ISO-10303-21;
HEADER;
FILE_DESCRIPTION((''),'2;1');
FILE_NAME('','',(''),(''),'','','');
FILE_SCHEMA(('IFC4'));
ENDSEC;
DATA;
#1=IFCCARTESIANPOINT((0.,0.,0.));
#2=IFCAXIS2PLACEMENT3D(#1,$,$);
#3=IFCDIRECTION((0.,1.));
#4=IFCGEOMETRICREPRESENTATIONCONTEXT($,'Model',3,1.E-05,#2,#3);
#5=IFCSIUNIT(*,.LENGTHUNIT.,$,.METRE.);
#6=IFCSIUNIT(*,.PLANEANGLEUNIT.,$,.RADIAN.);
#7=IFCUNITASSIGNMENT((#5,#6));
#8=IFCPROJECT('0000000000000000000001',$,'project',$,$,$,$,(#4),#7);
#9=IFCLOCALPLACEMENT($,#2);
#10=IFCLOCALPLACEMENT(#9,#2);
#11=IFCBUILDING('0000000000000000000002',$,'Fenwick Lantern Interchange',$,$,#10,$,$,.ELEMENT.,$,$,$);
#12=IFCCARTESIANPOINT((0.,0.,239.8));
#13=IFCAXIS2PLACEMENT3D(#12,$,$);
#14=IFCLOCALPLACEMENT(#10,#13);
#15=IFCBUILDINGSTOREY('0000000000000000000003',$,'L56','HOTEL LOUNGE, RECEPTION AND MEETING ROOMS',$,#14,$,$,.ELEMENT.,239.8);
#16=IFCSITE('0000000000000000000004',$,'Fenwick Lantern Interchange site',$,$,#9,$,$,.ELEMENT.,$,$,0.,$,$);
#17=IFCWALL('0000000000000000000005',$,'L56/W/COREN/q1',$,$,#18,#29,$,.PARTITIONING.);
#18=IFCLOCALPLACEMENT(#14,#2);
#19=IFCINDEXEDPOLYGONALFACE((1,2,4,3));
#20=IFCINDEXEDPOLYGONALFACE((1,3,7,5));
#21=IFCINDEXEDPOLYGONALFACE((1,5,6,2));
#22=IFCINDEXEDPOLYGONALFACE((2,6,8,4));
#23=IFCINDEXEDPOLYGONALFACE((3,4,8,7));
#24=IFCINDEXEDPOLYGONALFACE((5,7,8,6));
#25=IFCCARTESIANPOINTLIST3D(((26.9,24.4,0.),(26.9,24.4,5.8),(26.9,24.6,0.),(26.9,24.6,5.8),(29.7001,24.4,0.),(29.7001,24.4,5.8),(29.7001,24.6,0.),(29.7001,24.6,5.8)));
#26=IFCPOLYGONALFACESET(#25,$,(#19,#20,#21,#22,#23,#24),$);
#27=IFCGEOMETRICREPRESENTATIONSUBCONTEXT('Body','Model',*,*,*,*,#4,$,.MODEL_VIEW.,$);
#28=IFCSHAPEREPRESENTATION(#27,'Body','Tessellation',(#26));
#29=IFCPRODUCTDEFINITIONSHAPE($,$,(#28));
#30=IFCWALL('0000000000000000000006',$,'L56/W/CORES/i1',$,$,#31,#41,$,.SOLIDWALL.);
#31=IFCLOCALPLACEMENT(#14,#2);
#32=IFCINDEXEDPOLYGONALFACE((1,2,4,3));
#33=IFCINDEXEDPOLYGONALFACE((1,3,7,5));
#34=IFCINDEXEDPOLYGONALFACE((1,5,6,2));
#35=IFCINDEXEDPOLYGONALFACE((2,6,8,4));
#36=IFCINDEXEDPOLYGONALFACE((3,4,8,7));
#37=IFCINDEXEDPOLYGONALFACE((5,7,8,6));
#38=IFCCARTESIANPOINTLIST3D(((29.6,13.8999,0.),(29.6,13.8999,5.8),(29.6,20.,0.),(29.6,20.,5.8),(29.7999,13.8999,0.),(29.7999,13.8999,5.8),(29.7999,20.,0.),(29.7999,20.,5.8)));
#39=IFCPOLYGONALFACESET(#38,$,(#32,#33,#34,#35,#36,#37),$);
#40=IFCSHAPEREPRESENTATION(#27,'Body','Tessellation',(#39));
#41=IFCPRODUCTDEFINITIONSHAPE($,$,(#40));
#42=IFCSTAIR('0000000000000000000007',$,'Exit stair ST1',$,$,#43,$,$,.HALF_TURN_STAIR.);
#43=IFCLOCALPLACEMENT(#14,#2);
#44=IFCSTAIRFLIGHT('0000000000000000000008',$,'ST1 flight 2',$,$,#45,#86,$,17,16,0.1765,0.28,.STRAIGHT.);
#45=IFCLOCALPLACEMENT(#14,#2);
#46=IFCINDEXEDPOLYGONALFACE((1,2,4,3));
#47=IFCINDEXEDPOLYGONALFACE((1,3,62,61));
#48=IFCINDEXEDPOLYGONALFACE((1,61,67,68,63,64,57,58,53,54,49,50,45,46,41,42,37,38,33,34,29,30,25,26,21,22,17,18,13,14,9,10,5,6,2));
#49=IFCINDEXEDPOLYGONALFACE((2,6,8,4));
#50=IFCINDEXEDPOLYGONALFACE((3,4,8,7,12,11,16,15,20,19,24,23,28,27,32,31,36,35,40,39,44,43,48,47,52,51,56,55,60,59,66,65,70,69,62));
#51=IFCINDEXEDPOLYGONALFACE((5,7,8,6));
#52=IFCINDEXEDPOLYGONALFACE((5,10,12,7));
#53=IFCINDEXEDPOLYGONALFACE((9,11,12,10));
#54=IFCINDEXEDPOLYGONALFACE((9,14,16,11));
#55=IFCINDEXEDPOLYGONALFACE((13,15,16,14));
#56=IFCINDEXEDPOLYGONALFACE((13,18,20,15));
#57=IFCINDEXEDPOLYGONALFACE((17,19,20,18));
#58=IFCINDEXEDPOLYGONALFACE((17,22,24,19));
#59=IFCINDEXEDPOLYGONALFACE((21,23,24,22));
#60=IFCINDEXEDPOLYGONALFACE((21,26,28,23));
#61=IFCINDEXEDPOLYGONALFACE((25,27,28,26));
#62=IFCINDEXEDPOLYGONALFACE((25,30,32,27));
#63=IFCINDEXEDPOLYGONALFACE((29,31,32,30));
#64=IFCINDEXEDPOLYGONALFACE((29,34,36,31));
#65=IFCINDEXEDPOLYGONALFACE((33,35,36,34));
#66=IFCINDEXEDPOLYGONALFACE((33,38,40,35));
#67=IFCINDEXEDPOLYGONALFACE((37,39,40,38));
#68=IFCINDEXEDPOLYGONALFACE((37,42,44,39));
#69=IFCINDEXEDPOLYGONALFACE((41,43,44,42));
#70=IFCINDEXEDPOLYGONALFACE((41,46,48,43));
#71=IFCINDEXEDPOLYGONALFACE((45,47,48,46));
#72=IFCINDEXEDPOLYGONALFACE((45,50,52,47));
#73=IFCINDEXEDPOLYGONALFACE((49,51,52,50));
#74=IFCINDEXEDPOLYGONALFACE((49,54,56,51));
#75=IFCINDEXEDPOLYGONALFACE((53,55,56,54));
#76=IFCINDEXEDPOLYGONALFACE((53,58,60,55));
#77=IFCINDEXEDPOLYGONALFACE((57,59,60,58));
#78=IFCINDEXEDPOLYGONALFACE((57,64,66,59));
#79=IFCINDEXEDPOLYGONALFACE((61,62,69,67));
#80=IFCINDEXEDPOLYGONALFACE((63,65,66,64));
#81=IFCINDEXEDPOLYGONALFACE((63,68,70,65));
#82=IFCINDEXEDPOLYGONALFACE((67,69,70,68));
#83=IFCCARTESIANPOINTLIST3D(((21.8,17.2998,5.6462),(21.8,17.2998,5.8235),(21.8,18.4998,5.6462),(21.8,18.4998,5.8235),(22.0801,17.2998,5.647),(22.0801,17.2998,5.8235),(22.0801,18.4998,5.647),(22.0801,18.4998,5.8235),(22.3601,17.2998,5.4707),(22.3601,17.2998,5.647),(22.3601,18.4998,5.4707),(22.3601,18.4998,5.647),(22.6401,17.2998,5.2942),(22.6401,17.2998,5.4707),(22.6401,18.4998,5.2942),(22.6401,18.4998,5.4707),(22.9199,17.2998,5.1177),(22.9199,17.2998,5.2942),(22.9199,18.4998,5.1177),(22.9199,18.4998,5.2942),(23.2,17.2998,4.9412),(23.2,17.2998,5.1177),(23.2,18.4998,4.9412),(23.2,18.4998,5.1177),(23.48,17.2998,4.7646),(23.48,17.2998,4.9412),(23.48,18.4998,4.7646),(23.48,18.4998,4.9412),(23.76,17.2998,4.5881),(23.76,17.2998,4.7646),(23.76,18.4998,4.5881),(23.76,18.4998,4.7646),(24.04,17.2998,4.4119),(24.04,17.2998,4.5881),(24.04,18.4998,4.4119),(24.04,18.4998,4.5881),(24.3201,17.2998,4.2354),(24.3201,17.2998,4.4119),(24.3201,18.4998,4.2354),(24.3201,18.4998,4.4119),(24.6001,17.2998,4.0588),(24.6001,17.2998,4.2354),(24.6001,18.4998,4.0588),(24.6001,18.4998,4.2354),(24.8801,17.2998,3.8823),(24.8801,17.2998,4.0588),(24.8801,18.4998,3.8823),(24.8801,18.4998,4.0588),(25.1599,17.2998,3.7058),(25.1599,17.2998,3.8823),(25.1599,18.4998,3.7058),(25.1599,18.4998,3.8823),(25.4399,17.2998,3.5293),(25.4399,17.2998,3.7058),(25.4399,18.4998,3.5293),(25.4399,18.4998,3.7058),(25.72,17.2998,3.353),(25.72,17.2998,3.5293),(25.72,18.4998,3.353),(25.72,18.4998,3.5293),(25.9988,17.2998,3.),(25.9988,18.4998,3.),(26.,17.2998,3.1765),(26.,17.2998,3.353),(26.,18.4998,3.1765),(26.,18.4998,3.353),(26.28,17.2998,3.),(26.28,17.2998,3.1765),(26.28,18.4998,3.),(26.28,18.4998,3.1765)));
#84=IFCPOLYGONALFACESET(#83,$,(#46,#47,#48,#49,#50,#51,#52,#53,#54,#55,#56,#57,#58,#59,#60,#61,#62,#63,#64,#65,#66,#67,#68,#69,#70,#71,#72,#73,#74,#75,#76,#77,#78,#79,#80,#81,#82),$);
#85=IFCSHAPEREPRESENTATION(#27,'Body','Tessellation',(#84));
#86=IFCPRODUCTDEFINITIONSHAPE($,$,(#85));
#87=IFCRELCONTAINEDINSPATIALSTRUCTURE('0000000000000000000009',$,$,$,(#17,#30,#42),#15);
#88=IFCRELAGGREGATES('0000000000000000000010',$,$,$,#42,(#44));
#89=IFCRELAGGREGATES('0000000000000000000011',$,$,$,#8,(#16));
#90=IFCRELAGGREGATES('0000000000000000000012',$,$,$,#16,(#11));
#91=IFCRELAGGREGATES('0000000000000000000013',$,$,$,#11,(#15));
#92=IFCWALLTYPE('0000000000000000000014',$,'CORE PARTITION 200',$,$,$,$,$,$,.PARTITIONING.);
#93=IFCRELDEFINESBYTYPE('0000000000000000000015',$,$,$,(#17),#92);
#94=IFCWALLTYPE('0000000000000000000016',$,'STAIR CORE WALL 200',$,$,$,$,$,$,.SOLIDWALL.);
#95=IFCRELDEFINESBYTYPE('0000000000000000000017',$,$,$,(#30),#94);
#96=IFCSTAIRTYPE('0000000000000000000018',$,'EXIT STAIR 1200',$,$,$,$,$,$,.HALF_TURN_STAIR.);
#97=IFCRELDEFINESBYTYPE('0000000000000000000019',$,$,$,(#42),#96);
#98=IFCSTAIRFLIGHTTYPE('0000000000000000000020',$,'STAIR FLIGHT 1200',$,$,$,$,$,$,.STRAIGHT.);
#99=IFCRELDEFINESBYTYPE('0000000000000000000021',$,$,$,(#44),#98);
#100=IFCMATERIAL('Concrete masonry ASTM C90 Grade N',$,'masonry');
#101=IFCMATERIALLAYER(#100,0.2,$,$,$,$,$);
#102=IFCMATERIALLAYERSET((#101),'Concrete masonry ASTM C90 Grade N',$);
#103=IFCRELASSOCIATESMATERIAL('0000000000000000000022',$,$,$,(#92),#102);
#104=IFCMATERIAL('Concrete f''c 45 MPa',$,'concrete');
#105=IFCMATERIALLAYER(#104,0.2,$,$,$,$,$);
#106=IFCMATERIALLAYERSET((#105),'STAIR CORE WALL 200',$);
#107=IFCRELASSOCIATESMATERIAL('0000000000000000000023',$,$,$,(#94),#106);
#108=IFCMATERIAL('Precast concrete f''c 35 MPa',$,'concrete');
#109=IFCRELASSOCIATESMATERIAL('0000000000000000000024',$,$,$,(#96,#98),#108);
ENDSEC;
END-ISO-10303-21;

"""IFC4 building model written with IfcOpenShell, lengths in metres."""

from ifc_helpers import new_model, si_unit, direction, frame, frame_2d, origin, place, context, subcontext, project, spatial, polyline, rectangle, outline, extrude, material, layer, layer_set, type_object, element, aggregate, save


model = new_model("IFC4")

# Units and contexts
model_context = context("Model", 3, precision=1e-05, world=origin(), true_north=direction((0.0, 1.0)))
body_context = subcontext(model_context, "Body", "Model", "MODEL_VIEW")
ifc_project = project(units=[si_unit("LENGTHUNIT", "METRE"), si_unit("PLANEANGLEUNIT", "RADIAN")], contexts=[model_context])

# Site, building, storey
site_placement = place(None, origin())
site = spatial("IfcSite", under=ifc_project, at=site_placement, Name="Fenwick Lantern Interchange site", CompositionType="ELEMENT", RefElevation=0.0)
building_placement = place(site_placement, origin())
building = spatial("IfcBuilding", under=site, at=building_placement, Name="Fenwick Lantern Interchange", CompositionType="ELEMENT")
storey_placement = place(building_placement, frame((0.0, 0.0, 239.8)))
storey = spatial("IfcBuildingStorey", under=building, at=storey_placement, Name="L56", Description="HOTEL LOUNGE, RECEPTION AND MEETING ROOMS", CompositionType="ELEMENT", Elevation=239.8)

# Shared definitions
ifc_material_1 = material(Name="Concrete masonry ASTM C90 Grade N", Category="masonry")
ifc_layer_1 = layer(ifc_material_1, 0.2)
ifc_layer_set_1 = layer_set([ifc_layer_1], Name="Concrete masonry ASTM C90 Grade N")
wall_type_1 = type_object("IfcWallType", Name="CORE PARTITION 200", PredefinedType="PARTITIONING", material=ifc_layer_set_1)

# Wall
for number, where, z_axis, x_axis, name in (
    (1, (29.7, 24.5, 0.0), (0.0, 0.0, 1.0), (-1.0, 0.0, 0.0), "L56/W/COREN/q1"),
):
    element("IfcWall", number, at=place(storey_placement, frame(where, z_axis=z_axis, x_axis=x_axis)), inside=storey, type_object=wall_type_1, Name=name, PredefinedType="PARTITIONING", context=body_context, shape_type="SweptSolid", body=[
        extrude(rectangle(XDim=2.8, YDim=0.2, at=frame_2d((1.3999, 0.0))), origin(), (0.0, 0.0, 1.0), 5.8),
    ])

# Wall
ifc_material_2 = material(Name="Concrete f'c 45 MPa", Category="concrete")
ifc_layer_2 = layer(ifc_material_2, 0.2)
ifc_layer_set_2 = layer_set([ifc_layer_2], Name="STAIR CORE WALL 200")
wall_type_2 = type_object("IfcWallType", Name="STAIR CORE WALL 200", PredefinedType="SOLIDWALL", material=ifc_layer_set_2)
wall_1_placement = place(storey_placement, frame((29.7, 13.8999, 0.0), z_axis=(0.0, 0.0, 1.0), x_axis=(0.0, 1.0, 0.0)))
element("IfcWall", 2, at=wall_1_placement, inside=storey, type_object=wall_type_2, Name="L56/W/CORES/i1", PredefinedType="SOLIDWALL", context=body_context, shape_type="SweptSolid", body=[
    extrude(rectangle(XDim=6.1001, YDim=0.2, at=frame_2d((3.05, 0.0))), origin(), (0.0, 0.0, 1.0), 5.8),
])

# Stair, stair flight
ifc_material_3 = material(Name="Precast concrete f'c 35 MPa", Category="concrete")
stair_type = type_object("IfcStairType", Name="EXIT STAIR 1200", PredefinedType="HALF_TURN_STAIR", material=ifc_material_3)
stair_placement = place(storey_placement, origin())
stair = element("IfcStair", 3, at=stair_placement, inside=storey, type_object=stair_type, Name="Exit stair ST1", PredefinedType="HALF_TURN_STAIR")
stair_flight_type = type_object("IfcStairFlightType", Name="STAIR FLIGHT 1200", PredefinedType="STRAIGHT", material=ifc_material_3)
stair_flight_placement = place(storey_placement, frame((26.28, 17.8999, 3.0), z_axis=(0.0, 0.0, 1.0), x_axis=(-1.0, 0.0, 0.0)))
stair_flight = element("IfcStairFlight", 4, at=stair_flight_placement, type_object=stair_flight_type, Name="ST1 flight 2", NumberOfRisers=17, NumberOfTreads=16, PredefinedType="STRAIGHT", RiserHeight=0.1765, TreadLength=0.28, context=body_context, shape_type="SweptSolid", body=[
    extrude(outline(polyline([(0.0, 0.0), (0.0, 0.1765), (0.28, 0.1765), (0.28, 0.353), (0.5601, 0.353), (0.5601, 0.5293), (0.8401, 0.5293), (0.8401, 0.7058), (1.1201, 0.7058), (1.1201, 0.8823), (1.3999, 0.8823), (1.3999, 1.0588), (1.6799, 1.0588), (1.6799, 1.2354), (1.96, 1.2354), (1.96, 1.4119), (2.24, 1.4119), (2.24, 1.5881), (2.52, 1.5881), (2.52, 1.7646), (2.8, 1.7646), (2.8, 1.9412), (3.0801, 1.9412), (3.0801, 2.1177), (3.3601, 2.1177), (3.3601, 2.2942), (3.6399, 2.2942), (3.6399, 2.4707), (3.9199, 2.4707), (3.9199, 2.647), (4.2, 2.647), (4.2, 2.8235), (4.48, 2.8235), (4.48, 3.0), (4.48, 2.6462), (0.2812, 0.0), (0.0, 0.0)])), frame((0.0, 0.6001, 0.0), z_axis=(0.0, -1.0, 0.0), x_axis=(1.0, 0.0, 0.0)), (0.0, 0.0, 1.0), 1.2),
])
aggregate(stair, [stair_flight])

save(model, "model.ifc")
